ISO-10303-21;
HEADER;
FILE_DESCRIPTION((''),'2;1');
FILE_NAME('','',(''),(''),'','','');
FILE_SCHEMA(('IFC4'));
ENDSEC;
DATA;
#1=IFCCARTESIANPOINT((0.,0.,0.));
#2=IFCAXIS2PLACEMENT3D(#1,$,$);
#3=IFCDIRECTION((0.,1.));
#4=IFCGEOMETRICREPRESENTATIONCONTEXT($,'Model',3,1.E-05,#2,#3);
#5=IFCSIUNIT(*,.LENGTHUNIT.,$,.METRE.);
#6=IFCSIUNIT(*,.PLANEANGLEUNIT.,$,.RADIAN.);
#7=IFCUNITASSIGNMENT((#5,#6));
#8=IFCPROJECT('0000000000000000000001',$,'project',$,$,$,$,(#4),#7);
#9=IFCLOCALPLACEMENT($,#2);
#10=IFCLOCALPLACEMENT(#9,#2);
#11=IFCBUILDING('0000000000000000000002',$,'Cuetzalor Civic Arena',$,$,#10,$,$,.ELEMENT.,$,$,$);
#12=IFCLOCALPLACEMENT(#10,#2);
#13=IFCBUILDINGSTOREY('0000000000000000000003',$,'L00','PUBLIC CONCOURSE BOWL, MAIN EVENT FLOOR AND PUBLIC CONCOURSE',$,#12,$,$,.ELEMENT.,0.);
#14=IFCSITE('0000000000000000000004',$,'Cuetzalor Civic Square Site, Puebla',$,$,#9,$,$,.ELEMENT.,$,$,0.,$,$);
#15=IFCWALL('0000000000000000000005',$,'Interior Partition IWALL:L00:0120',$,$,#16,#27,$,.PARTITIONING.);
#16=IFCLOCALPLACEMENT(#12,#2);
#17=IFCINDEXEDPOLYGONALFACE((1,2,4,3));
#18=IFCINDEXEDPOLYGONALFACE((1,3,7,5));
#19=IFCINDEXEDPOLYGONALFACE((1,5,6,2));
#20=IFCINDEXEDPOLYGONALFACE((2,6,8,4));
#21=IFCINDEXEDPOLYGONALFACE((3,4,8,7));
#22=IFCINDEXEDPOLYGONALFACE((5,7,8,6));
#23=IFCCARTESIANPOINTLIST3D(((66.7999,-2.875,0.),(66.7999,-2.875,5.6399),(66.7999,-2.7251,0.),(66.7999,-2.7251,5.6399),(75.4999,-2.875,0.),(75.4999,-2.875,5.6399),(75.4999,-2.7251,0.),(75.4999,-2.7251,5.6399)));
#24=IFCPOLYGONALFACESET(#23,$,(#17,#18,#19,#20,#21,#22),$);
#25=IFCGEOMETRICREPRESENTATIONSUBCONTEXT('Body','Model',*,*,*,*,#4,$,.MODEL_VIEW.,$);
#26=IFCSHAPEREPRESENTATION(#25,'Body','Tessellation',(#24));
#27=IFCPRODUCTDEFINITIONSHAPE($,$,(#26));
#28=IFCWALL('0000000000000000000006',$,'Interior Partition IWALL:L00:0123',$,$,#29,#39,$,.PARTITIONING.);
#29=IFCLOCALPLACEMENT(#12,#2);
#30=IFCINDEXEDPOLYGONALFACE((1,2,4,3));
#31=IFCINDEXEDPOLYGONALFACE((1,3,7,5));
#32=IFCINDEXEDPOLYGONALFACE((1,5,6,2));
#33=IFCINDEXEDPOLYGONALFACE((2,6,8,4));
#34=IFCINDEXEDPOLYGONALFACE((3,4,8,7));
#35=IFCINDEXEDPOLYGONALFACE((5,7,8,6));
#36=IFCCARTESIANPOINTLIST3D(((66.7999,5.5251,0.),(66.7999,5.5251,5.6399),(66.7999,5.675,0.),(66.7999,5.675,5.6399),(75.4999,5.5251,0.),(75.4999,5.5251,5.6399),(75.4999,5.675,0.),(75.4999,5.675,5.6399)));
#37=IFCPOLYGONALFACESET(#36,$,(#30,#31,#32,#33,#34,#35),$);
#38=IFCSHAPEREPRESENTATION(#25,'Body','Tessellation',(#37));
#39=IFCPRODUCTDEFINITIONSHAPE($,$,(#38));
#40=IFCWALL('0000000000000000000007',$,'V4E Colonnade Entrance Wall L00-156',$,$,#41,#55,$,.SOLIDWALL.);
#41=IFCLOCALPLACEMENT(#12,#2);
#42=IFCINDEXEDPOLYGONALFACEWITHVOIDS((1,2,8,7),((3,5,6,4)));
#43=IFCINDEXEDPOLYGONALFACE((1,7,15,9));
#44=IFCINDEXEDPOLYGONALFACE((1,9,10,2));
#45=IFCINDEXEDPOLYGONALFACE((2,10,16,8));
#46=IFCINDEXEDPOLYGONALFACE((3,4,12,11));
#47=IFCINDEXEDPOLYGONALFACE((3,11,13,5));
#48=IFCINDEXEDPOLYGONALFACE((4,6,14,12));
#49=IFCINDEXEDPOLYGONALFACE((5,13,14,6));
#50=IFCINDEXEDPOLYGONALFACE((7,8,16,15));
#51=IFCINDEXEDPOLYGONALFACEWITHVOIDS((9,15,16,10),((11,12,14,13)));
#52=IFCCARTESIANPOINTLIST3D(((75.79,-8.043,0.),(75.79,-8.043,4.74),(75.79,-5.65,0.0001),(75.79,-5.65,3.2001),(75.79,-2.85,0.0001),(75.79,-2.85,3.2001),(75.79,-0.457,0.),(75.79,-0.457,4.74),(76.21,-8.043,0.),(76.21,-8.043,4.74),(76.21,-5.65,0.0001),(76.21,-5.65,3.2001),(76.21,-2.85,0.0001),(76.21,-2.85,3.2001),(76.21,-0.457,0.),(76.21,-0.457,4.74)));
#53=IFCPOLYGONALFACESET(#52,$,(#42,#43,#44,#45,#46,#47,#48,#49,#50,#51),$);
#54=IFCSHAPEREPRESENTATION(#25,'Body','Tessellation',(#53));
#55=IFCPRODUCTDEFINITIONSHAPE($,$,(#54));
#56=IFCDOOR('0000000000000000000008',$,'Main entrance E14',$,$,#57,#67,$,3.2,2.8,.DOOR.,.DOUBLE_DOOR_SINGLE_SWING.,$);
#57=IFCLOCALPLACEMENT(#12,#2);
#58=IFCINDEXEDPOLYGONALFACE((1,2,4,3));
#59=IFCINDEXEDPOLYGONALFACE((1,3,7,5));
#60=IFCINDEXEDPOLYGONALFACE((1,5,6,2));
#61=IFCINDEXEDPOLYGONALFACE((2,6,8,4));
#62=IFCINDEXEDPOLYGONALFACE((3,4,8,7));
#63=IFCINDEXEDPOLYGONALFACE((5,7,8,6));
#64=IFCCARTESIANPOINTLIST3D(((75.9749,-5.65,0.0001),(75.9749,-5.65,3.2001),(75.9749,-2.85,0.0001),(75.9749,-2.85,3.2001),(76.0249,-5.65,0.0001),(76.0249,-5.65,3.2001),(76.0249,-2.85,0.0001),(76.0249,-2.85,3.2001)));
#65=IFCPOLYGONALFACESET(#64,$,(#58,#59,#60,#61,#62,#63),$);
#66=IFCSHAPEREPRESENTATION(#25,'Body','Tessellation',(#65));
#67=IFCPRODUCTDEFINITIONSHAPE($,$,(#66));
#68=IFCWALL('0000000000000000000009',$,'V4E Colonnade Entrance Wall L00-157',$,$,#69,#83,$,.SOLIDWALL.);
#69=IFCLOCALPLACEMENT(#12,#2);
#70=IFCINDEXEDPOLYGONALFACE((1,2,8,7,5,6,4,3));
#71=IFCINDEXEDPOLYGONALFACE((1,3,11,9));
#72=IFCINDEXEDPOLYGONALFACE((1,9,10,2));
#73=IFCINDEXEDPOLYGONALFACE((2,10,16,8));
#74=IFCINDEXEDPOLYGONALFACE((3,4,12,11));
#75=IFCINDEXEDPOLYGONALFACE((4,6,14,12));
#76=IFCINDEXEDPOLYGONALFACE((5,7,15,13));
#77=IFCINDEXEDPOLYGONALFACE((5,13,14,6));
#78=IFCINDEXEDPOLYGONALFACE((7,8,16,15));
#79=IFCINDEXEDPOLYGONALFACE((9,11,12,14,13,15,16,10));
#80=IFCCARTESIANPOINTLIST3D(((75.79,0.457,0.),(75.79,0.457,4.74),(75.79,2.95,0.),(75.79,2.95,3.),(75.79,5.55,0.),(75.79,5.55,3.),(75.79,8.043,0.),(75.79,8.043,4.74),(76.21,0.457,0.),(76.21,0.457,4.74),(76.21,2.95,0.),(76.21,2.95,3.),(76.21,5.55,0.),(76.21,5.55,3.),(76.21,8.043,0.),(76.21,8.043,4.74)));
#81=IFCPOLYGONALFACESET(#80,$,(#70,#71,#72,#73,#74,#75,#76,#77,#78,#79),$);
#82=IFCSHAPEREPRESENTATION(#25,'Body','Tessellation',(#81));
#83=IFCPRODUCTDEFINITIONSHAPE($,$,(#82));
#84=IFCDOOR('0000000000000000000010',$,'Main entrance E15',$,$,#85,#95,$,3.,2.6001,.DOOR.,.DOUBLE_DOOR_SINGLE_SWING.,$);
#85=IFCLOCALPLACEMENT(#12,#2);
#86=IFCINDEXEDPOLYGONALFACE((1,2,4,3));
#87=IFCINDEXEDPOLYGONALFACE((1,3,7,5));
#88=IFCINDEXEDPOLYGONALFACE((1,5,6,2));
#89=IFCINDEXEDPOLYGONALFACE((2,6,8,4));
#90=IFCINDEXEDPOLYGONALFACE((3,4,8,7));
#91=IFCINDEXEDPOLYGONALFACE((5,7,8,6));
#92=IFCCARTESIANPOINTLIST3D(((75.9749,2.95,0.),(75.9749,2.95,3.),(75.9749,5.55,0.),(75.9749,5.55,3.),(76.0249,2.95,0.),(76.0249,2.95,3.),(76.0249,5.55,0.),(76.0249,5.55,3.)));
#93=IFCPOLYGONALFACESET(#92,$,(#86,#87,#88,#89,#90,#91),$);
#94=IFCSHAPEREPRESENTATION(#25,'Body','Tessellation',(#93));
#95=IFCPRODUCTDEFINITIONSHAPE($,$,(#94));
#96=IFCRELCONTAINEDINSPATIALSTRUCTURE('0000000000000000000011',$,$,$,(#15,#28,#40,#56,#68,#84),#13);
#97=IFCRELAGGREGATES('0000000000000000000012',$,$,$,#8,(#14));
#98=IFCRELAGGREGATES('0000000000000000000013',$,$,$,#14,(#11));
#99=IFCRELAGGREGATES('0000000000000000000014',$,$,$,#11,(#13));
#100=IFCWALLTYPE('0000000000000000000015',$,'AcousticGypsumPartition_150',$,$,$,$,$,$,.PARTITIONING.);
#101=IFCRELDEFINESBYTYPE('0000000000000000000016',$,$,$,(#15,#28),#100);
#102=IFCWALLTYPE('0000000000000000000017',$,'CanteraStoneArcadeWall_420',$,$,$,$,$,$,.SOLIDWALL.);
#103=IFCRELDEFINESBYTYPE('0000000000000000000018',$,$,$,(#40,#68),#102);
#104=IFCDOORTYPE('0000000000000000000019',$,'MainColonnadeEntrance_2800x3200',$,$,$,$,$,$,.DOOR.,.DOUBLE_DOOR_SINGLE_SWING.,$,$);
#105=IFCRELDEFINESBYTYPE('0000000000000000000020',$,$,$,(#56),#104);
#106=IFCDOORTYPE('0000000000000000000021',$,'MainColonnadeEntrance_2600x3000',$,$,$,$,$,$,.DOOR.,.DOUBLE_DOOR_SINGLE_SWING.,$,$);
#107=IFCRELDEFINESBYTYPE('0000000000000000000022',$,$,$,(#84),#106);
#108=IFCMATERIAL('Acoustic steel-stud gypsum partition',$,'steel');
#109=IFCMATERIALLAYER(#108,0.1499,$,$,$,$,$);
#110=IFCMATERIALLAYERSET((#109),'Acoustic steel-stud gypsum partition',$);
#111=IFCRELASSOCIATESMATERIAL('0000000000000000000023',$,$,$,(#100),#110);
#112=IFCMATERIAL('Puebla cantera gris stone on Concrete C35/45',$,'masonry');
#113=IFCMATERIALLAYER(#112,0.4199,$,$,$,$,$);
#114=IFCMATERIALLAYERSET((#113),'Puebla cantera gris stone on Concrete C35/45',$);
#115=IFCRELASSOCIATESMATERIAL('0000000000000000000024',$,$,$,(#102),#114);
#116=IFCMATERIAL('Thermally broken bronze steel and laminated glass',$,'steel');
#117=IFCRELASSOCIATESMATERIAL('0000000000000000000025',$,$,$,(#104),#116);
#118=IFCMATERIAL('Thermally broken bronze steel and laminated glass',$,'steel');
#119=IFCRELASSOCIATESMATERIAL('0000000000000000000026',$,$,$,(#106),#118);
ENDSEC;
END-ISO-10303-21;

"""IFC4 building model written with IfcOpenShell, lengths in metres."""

from ifc_helpers import new_model, si_unit, direction, frame, frame_2d, origin, place, context, subcontext, project, spatial, rectangle, extrude, material, layer, layer_set, type_object, element, fill, save


model = new_model("IFC4")

# Units and contexts
model_context = context("Model", 3, precision=1e-05, world=origin(), true_north=direction((0.0, 1.0)))
body_context = subcontext(model_context, "Body", "Model", "MODEL_VIEW")
ifc_project = project(units=[si_unit("LENGTHUNIT", "METRE"), si_unit("PLANEANGLEUNIT", "RADIAN")], contexts=[model_context])

# Site, building, storey
site_placement = place(None, origin())
site = spatial("IfcSite", under=ifc_project, at=site_placement, Name="Cuetzalor Civic Square Site, Puebla", CompositionType="ELEMENT", RefElevation=0.0)
building_placement = place(site_placement, origin())
building = spatial("IfcBuilding", under=site, at=building_placement, Name="Cuetzalor Civic Arena", CompositionType="ELEMENT")
storey_placement = place(building_placement, origin())
storey = spatial("IfcBuildingStorey", under=building, at=storey_placement, Name="L00", Description="PUBLIC CONCOURSE BOWL, MAIN EVENT FLOOR AND PUBLIC CONCOURSE", CompositionType="ELEMENT", Elevation=0.0)

# Walls
ifc_material_1 = material(Name="Acoustic steel-stud gypsum partition", Category="steel")
ifc_layer_1 = layer(ifc_material_1, 0.1499)
ifc_layer_set_1 = layer_set([ifc_layer_1], Name="Acoustic steel-stud gypsum partition")
wall_type_1 = type_object("IfcWallType", Name="AcousticGypsumPartition_150", PredefinedType="PARTITIONING", material=ifc_layer_set_1)
for number, where, z_axis, x_axis, name in (
    (1, (75.5, -2.8, 0.0), (0.0, 0.0, 1.0), (-1.0, 0.0, 0.0), "Interior Partition IWALL:L00:0120"),
    (2, (75.5, 5.6001, 0.0), (0.0, 0.0, 1.0), (-1.0, 0.0, 0.0), "Interior Partition IWALL:L00:0123"),
):
    element("IfcWall", number, at=place(storey_placement, frame(where, z_axis=z_axis, x_axis=x_axis)), inside=storey, type_object=wall_type_1, Name=name, PredefinedType="PARTITIONING", context=body_context, shape_type="SweptSolid", body=[
        extrude(rectangle(XDim=8.7, YDim=0.1499, at=frame_2d((4.3501, 0.0))), origin(), (0.0, 0.0, 1.0), 5.6399),
    ])

# Walls, openings, doors
ifc_material_2 = material(Name="Puebla cantera gris stone on Concrete C35/45", Category="masonry")
ifc_layer_2 = layer(ifc_material_2, 0.4199)
ifc_layer_set_2 = layer_set([ifc_layer_2], Name="Puebla cantera gris stone on Concrete C35/45")
wall_type_2 = type_object("IfcWallType", Name="CanteraStoneArcadeWall_420", PredefinedType="SOLIDWALL", material=ifc_layer_set_2)
wall_1_placement = place(storey_placement, frame((76.0, -0.457, 0.0), z_axis=(0.0, 0.0, 1.0), x_axis=(0.0, -1.0, 0.0)))
wall_1 = element("IfcWall", 3, at=wall_1_placement, inside=storey, type_object=wall_type_2, Name="V4E Colonnade Entrance Wall L00-156", PredefinedType="SOLIDWALL", context=body_context, shape_type="SweptSolid", body=[
    extrude(rectangle(XDim=7.5859, YDim=0.4199, at=frame_2d((3.793, 0.0))), origin(), (0.0, 0.0, 1.0), 4.74),
])
opening_1_placement = place(wall_1_placement, frame((2.3931, 0.0, 0.0)))
opening_1 = element("IfcOpeningElement", 4, at=opening_1_placement, cuts=wall_1, PredefinedType="OPENING", context=body_context, shape_type="SweptSolid", body=[
    extrude(rectangle(XDim=2.8, YDim=3.2, at=frame_2d((1.3999, 1.6001))), frame((0.0, 0.22, 0.0), z_axis=(0.0, -1.0, 0.0), x_axis=(1.0, 0.0, 0.0)), (0.0, 0.0, 1.0), 0.4399),
])
ifc_material_3 = material(Name="Thermally broken bronze steel and laminated glass", Category="steel")
door_type_1 = type_object("IfcDoorType", Name="MainColonnadeEntrance_2800x3200", OperationType="DOUBLE_DOOR_SINGLE_SWING", PredefinedType="DOOR", material=ifc_material_3)
door_1_placement = place(opening_1_placement, origin())
door_1 = element("IfcDoor", 5, at=door_1_placement, inside=storey, type_object=door_type_1, Name="Main entrance E14", OperationType="DOUBLE_DOOR_SINGLE_SWING", OverallHeight=3.2, OverallWidth=2.8, PredefinedType="DOOR", context=body_context, shape_type="SweptSolid", body=[
    extrude(rectangle(XDim=2.8, YDim=3.2, at=frame_2d((1.3999, 1.6001))), frame((0.0, 0.0249, 0.0), z_axis=(0.0, -1.0, 0.0), x_axis=(1.0, 0.0, 0.0)), (0.0, 0.0, 1.0), 0.05),
])
fill(opening_1, door_1)
wall_2_placement = place(storey_placement, frame((76.0, 8.043, 0.0), z_axis=(0.0, 0.0, 1.0), x_axis=(0.0, -1.0, 0.0)))
wall_2 = element("IfcWall", 6, at=wall_2_placement, inside=storey, type_object=wall_type_2, Name="V4E Colonnade Entrance Wall L00-157", PredefinedType="SOLIDWALL", context=body_context, shape_type="SweptSolid", body=[
    extrude(rectangle(XDim=7.5859, YDim=0.4199, at=frame_2d((3.793, 0.0))), origin(), (0.0, 0.0, 1.0), 4.74),
])
opening_2_placement = place(wall_2_placement, frame((2.4929, 0.0, 0.0)))
opening_2 = element("IfcOpeningElement", 7, at=opening_2_placement, cuts=wall_2, PredefinedType="OPENING", context=body_context, shape_type="SweptSolid", body=[
    extrude(rectangle(XDim=2.6001, YDim=3.0, at=frame_2d((1.3, 1.5))), frame((0.0, 0.22, 0.0), z_axis=(0.0, -1.0, 0.0), x_axis=(1.0, 0.0, 0.0)), (0.0, 0.0, 1.0), 0.4399),
])
ifc_material_4 = material(Name="Thermally broken bronze steel and laminated glass", Category="steel")
door_type_2 = type_object("IfcDoorType", Name="MainColonnadeEntrance_2600x3000", OperationType="DOUBLE_DOOR_SINGLE_SWING", PredefinedType="DOOR", material=ifc_material_4)
door_2_placement = place(opening_2_placement, origin())
door_2 = element("IfcDoor", 8, at=door_2_placement, inside=storey, type_object=door_type_2, Name="Main entrance E15", OperationType="DOUBLE_DOOR_SINGLE_SWING", OverallHeight=3.0, OverallWidth=2.6001, PredefinedType="DOOR", context=body_context, shape_type="SweptSolid", body=[
    extrude(rectangle(XDim=2.6001, YDim=3.0, at=frame_2d((1.3, 1.5))), frame((0.0, 0.0249, 0.0), z_axis=(0.0, -1.0, 0.0), x_axis=(1.0, 0.0, 0.0)), (0.0, 0.0, 1.0), 0.05),
])
fill(opening_2, door_2)

save(model, "model.ifc")
